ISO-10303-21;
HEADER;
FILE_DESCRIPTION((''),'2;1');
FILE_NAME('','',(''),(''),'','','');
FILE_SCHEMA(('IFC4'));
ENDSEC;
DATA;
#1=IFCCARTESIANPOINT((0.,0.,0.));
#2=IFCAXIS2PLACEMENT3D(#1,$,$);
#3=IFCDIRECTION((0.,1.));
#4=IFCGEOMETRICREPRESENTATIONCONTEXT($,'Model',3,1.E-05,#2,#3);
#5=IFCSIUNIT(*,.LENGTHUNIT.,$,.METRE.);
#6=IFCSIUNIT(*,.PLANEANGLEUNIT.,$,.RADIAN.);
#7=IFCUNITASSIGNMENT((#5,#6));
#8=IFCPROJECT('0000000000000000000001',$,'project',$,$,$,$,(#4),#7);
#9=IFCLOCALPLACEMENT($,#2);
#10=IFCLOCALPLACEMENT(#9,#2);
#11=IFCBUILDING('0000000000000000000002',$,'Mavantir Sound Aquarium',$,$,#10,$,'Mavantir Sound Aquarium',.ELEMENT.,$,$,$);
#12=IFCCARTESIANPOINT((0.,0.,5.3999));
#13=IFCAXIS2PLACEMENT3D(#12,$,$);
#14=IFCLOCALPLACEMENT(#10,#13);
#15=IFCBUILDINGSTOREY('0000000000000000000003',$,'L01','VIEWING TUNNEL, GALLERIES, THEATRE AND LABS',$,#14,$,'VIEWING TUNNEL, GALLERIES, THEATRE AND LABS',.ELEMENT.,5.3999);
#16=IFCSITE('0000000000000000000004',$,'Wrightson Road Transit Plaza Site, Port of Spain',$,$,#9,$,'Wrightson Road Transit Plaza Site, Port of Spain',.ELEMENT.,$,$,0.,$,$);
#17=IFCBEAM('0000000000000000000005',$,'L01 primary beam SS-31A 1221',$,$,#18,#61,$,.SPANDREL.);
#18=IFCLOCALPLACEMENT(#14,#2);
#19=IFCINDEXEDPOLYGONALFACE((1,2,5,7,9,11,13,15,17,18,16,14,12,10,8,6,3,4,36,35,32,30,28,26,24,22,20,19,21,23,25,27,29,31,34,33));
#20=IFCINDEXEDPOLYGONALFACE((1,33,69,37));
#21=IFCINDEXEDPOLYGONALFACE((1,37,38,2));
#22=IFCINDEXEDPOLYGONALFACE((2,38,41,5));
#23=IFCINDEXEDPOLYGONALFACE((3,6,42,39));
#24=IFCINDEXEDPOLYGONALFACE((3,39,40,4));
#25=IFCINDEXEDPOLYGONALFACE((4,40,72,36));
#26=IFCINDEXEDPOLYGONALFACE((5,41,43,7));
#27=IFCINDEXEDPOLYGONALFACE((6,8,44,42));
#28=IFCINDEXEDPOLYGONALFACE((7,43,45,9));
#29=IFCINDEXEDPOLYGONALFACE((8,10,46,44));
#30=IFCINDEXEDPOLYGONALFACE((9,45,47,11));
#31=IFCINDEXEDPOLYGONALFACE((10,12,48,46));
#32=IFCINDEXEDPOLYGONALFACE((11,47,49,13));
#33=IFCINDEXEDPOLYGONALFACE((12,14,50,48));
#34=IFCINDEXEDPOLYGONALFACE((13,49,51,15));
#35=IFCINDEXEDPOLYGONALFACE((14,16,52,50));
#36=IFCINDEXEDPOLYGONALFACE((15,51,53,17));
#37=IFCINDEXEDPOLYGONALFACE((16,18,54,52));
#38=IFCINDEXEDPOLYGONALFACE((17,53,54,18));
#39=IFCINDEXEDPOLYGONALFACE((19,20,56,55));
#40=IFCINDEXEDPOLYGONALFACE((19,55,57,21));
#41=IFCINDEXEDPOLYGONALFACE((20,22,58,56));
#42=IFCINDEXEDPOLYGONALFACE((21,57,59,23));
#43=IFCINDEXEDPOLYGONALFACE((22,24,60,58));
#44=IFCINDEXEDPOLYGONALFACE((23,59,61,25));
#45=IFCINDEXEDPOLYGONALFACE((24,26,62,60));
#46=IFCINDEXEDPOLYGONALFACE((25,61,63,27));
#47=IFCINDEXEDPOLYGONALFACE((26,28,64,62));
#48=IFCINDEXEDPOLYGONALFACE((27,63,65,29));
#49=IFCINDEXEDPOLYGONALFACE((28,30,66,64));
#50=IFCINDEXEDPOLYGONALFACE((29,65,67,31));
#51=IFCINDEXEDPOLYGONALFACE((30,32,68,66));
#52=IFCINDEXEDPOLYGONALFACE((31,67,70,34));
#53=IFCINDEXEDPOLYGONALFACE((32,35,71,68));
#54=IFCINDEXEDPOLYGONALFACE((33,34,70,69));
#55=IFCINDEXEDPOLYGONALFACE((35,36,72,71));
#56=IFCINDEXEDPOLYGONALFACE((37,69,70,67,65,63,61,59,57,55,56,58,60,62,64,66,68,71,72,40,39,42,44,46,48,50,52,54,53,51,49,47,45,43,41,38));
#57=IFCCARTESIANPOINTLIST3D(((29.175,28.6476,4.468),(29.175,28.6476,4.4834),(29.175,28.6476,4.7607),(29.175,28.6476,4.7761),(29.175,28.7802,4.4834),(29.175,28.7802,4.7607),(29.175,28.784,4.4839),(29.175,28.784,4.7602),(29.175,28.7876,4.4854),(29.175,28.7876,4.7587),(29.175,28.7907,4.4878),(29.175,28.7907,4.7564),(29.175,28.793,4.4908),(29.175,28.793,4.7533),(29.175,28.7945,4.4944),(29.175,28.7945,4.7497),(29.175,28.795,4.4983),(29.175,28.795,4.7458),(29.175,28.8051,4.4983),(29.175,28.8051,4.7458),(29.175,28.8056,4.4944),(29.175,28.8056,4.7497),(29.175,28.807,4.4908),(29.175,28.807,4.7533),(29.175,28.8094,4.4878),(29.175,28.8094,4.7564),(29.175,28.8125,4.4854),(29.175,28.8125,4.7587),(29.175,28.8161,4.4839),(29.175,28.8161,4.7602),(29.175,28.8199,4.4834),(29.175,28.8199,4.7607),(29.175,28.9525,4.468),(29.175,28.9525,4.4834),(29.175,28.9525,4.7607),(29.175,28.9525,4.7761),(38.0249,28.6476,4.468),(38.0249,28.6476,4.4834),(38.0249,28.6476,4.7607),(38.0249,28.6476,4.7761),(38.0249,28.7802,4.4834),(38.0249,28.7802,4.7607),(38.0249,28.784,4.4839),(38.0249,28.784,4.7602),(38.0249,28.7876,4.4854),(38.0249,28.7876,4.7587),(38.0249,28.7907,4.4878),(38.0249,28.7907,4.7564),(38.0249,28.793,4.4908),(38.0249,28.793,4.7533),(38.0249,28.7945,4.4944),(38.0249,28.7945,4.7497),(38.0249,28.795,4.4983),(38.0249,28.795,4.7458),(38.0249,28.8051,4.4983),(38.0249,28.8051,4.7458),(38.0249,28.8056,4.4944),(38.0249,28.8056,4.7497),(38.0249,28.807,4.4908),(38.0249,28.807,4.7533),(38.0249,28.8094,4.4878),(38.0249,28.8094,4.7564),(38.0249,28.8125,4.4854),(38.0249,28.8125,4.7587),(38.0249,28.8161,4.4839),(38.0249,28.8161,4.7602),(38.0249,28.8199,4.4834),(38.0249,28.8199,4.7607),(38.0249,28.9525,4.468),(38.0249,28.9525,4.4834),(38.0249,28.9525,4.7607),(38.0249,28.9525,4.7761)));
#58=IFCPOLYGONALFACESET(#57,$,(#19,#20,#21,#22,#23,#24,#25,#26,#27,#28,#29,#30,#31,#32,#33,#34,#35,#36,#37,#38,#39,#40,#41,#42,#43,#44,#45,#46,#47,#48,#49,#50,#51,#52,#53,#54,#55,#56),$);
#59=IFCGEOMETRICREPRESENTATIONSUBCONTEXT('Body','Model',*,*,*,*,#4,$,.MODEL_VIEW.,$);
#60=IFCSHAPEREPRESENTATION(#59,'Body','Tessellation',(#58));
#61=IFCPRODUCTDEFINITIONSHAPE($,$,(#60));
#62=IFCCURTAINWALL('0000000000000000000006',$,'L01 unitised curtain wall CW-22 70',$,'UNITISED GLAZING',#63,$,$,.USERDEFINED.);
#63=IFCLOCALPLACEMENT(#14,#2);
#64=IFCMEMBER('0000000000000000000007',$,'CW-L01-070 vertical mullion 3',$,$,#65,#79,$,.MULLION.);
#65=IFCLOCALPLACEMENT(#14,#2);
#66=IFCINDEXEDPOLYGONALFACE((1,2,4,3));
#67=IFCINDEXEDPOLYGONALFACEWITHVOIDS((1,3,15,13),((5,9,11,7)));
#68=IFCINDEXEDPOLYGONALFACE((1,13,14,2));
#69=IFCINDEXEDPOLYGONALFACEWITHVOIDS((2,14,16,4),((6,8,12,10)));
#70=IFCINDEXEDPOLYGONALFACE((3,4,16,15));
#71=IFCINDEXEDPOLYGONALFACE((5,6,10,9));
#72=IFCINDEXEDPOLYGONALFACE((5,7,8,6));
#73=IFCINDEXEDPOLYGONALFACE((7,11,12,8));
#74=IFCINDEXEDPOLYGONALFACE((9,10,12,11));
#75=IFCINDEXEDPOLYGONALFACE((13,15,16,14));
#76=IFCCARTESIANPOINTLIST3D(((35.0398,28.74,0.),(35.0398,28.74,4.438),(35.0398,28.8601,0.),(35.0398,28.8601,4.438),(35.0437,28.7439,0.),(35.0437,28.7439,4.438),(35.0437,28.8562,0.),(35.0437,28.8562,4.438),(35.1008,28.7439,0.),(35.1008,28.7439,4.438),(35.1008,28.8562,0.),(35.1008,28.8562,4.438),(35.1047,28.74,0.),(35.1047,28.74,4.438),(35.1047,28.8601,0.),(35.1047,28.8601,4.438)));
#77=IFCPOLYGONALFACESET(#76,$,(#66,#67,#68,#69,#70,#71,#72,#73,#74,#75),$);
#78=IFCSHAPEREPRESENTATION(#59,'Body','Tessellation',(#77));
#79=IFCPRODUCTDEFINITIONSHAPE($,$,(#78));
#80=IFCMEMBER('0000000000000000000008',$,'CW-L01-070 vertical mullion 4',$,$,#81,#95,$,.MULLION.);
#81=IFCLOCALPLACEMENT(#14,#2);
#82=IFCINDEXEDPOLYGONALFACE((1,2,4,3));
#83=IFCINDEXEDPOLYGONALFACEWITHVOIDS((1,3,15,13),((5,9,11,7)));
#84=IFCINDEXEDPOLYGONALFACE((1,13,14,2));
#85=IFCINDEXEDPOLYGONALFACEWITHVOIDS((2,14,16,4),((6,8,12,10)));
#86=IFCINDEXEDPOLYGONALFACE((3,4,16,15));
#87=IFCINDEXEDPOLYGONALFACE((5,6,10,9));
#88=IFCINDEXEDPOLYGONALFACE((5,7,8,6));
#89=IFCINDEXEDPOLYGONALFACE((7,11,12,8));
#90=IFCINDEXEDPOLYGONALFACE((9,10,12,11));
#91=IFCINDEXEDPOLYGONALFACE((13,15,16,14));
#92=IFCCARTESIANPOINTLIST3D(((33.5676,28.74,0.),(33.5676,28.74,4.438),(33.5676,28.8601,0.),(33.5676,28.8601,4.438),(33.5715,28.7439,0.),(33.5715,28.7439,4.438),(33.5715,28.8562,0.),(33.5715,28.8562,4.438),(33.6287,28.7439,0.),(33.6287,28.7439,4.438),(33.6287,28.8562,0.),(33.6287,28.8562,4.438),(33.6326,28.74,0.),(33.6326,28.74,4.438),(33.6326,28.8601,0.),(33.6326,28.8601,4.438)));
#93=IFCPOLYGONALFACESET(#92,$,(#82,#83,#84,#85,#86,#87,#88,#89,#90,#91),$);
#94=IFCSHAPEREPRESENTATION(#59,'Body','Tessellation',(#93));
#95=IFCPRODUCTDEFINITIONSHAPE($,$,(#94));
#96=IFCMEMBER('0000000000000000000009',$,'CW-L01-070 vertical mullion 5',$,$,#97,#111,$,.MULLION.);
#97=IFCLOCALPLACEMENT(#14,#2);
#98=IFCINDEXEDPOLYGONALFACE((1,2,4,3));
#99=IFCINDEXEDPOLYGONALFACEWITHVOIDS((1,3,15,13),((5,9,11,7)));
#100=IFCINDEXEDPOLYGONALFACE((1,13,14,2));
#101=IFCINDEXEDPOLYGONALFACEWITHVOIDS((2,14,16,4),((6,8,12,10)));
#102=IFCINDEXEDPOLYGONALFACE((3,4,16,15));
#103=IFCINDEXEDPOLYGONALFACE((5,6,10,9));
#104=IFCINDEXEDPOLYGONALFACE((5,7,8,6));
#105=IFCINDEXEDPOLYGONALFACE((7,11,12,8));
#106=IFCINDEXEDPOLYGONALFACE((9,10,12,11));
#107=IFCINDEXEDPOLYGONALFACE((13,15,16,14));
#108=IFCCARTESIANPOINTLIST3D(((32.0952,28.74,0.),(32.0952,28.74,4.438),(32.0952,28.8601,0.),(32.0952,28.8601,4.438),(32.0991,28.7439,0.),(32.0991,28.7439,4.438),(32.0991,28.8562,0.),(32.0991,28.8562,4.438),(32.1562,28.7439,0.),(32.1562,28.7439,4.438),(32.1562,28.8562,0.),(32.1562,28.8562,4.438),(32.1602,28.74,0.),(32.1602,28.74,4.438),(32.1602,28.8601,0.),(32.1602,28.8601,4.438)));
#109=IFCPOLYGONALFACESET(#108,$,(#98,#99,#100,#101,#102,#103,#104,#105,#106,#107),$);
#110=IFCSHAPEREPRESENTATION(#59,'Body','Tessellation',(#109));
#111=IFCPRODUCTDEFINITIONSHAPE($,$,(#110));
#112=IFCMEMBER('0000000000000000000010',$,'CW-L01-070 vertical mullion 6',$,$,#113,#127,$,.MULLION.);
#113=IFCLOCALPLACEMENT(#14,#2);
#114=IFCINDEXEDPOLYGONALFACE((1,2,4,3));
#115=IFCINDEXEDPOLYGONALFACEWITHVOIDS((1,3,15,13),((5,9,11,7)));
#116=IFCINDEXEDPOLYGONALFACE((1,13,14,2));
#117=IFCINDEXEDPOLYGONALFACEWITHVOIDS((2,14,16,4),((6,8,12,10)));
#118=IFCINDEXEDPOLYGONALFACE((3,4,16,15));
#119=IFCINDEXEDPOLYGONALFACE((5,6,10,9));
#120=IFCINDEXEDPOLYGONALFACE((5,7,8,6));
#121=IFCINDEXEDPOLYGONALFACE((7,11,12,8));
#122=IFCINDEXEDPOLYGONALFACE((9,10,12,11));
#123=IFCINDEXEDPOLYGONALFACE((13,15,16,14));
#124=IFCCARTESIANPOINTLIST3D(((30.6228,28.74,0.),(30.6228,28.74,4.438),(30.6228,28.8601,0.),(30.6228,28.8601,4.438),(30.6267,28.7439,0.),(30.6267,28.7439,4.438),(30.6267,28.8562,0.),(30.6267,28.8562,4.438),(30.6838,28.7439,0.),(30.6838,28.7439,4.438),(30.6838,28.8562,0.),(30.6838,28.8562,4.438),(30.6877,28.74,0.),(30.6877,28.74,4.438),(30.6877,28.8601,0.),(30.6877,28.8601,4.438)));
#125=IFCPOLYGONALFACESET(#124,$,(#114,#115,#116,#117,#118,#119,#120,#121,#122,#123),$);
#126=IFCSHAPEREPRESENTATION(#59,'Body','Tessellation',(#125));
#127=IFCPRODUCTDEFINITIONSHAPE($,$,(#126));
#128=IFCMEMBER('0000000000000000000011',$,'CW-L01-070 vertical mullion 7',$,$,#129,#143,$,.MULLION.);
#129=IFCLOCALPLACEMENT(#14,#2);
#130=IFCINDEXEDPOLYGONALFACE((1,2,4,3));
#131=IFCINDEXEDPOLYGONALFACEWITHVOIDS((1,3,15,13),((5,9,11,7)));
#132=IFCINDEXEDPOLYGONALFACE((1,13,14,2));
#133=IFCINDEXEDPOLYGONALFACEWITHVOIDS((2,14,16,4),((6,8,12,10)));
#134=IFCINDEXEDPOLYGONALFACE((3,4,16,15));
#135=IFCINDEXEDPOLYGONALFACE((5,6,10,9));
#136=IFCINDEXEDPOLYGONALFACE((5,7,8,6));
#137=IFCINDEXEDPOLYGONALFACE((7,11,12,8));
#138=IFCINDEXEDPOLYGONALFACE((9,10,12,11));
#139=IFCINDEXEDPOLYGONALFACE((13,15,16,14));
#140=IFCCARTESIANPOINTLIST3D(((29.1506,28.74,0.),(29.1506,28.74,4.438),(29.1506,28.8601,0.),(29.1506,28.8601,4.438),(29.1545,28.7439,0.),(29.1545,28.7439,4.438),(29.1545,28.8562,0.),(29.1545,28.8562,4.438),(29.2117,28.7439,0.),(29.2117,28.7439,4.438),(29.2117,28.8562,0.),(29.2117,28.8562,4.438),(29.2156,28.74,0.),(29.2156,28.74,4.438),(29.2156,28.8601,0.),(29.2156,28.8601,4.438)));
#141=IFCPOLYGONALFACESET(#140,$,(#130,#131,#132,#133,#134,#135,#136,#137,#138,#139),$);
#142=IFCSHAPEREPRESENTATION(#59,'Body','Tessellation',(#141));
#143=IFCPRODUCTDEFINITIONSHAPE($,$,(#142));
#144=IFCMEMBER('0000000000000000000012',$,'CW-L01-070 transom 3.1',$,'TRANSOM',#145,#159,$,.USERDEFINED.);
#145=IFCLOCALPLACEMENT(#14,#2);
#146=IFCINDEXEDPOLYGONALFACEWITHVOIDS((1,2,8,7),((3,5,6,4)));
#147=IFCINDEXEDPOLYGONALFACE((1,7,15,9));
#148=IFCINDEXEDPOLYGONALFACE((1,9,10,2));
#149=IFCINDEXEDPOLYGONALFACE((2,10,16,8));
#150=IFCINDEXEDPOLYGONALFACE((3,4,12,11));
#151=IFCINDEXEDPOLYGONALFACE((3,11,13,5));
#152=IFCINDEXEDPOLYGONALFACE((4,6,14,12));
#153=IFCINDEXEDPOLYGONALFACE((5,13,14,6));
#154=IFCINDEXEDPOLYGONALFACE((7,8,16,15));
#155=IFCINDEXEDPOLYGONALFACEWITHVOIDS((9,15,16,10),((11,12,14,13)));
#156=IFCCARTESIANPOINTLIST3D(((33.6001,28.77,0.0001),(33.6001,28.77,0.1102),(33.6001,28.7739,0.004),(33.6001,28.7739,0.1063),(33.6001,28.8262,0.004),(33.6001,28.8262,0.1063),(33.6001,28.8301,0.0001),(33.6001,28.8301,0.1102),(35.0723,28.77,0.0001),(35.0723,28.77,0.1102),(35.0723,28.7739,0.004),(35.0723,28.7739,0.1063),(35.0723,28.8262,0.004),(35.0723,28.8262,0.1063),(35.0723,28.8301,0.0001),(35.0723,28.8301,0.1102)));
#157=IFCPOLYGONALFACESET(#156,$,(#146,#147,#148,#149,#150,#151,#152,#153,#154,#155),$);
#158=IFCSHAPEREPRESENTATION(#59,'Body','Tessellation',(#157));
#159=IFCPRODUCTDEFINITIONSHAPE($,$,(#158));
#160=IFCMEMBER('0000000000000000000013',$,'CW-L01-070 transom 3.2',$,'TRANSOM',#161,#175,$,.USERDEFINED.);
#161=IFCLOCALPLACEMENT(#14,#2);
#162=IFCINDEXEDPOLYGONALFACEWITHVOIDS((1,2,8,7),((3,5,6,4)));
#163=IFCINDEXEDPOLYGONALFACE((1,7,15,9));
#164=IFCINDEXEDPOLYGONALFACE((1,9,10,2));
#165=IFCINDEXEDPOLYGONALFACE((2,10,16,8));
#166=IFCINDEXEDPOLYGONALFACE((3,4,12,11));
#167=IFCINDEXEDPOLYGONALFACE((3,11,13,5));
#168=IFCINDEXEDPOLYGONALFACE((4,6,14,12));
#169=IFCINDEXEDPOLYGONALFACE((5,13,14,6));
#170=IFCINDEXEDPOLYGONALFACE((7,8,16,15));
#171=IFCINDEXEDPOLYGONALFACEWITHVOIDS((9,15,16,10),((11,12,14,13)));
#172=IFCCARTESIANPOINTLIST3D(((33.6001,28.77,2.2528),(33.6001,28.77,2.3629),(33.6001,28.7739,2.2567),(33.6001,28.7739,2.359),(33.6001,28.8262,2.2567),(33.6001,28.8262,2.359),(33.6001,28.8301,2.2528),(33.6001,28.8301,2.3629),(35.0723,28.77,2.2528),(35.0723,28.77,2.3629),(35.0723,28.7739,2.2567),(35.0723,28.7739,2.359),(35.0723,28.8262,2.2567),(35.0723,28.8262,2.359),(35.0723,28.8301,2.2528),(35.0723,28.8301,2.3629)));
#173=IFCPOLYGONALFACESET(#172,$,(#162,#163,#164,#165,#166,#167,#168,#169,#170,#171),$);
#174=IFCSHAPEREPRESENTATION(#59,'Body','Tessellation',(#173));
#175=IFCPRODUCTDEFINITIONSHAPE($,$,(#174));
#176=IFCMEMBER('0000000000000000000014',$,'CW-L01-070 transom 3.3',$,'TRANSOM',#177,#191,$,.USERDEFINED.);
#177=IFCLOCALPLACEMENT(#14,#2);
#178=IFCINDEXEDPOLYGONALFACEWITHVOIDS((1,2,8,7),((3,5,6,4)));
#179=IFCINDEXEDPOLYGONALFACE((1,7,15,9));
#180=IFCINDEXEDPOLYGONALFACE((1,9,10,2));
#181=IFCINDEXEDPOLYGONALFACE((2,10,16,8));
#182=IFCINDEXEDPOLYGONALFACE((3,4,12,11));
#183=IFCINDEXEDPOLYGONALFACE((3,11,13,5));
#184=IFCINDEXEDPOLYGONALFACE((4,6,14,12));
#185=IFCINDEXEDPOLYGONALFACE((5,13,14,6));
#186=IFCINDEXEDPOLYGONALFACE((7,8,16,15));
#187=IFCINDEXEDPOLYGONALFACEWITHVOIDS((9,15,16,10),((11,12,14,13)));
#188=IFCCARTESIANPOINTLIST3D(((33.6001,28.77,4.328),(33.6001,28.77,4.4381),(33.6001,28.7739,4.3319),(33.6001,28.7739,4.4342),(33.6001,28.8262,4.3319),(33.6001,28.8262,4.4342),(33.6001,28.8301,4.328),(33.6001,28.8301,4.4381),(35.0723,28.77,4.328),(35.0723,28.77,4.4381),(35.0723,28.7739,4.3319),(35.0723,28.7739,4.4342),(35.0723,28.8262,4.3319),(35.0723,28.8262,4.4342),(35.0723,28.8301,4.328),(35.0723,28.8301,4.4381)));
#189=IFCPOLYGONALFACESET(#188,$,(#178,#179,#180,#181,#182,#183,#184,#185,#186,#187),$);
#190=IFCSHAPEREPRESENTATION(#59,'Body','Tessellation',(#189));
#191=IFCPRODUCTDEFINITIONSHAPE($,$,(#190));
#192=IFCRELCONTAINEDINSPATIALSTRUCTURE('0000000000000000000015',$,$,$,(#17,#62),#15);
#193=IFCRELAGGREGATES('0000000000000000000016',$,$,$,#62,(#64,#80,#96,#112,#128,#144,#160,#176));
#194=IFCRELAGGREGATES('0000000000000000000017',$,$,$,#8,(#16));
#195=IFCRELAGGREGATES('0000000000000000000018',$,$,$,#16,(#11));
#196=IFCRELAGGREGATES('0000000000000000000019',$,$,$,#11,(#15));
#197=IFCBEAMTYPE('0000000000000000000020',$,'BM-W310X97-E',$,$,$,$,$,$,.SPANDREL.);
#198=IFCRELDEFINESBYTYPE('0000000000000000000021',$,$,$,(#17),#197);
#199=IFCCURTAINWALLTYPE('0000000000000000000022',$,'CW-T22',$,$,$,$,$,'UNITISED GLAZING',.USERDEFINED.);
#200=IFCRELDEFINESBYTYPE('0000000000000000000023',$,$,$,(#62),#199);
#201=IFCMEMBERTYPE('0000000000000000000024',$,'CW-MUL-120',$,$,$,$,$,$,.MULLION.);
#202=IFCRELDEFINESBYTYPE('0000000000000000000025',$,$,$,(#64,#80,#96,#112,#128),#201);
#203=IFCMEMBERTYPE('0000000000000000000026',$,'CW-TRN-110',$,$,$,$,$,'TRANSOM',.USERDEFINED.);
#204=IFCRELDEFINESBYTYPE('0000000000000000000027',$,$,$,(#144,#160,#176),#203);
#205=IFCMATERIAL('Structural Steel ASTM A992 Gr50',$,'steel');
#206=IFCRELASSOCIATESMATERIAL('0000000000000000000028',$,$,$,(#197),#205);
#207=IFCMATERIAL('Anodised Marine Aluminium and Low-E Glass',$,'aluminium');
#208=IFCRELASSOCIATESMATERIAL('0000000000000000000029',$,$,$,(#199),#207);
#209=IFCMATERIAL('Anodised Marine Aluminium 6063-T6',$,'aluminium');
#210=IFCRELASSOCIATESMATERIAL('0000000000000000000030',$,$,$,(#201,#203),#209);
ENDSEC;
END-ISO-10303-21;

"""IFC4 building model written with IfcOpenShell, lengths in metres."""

from ifc_helpers import new_model, si_unit, direction, frame, origin, origin_2d, place, context, subcontext, project, spatial, hollow_rectangle, i_section, extrude, material, material_profile, profile_set, type_object, element, aggregate, save


model = new_model("IFC4")

# Units and contexts
model_context = context("Model", 3, precision=1e-05, world=origin(), true_north=direction((0.0, 1.0)))
body_context = subcontext(model_context, "Body", "Model", "MODEL_VIEW")
ifc_project = project(units=[si_unit("LENGTHUNIT", "METRE"), si_unit("PLANEANGLEUNIT", "RADIAN")], contexts=[model_context])

# Site, building, storey
site_placement = place(None, origin())
site = spatial("IfcSite", under=ifc_project, at=site_placement, Name="Wrightson Road Transit Plaza Site, Port of Spain", LongName="Wrightson Road Transit Plaza Site, Port of Spain", CompositionType="ELEMENT", RefElevation=0.0)
building_placement = place(site_placement, origin())
building = spatial("IfcBuilding", under=site, at=building_placement, Name="Mavantir Sound Aquarium", LongName="Mavantir Sound Aquarium", CompositionType="ELEMENT")
storey_placement = place(building_placement, frame((0.0, 0.0, 5.3999)))
storey = spatial("IfcBuildingStorey", under=building, at=storey_placement, Name="L01", Description="VIEWING TUNNEL, GALLERIES, THEATRE AND LABS", LongName="VIEWING TUNNEL, GALLERIES, THEATRE AND LABS", CompositionType="ELEMENT", Elevation=5.3999)

# Beam
ifc_material_1 = material(Name="Structural Steel ASTM A992 Gr50", Category="steel")
ifc_material_profile_1 = material_profile(ifc_material_1, i_section(OverallWidth=0.3049, OverallDepth=0.3081, WebThickness=0.01, FlangeThickness=0.0154, FilletRadius=0.0149, at=origin_2d()), Name="W310X97")
ifc_profile_set_1 = profile_set([ifc_material_profile_1], Name="Structural Steel ASTM A992 Gr50")
beam_type = type_object("IfcBeamType", Name="BM-W310X97-E", PredefinedType="SPANDREL", material=ifc_profile_set_1)
beam_placement = place(storey_placement, frame((29.175, 28.8, 4.6221), z_axis=(1.0, 0.0, 0.0), x_axis=(0.0, 1.0, 0.0)))
element("IfcBeam", 1, at=beam_placement, inside=storey, type_object=beam_type, Name="L01 primary beam SS-31A 1221", PredefinedType="SPANDREL", context=body_context, shape_type="SweptSolid", body=[
    extrude(i_section(OverallWidth=0.3049, OverallDepth=0.3081, WebThickness=0.01, FlangeThickness=0.0154, FilletRadius=0.0149, at=origin_2d()), origin(), (0.0, 0.0, 1.0), 8.8499),
])

# Curtain wall, members
ifc_material_2 = material(Name="Anodised Marine Aluminium and Low-E Glass", Category="aluminium")
curtain_wall_type_1 = type_object("IfcCurtainWallType", Name="CW-T22", ElementType="UNITISED GLAZING", PredefinedType="USERDEFINED", material=ifc_material_2)
curtain_wall_1_placement = place(storey_placement, origin())
curtain_wall_1 = element("IfcCurtainWall", 2, at=curtain_wall_1_placement, inside=storey, type_object=curtain_wall_type_1, Name="L01 unitised curtain wall CW-22 70", ObjectType="UNITISED GLAZING", PredefinedType="USERDEFINED")
ifc_material_3 = material(Name="Anodised Marine Aluminium 6063-T6", Category="aluminium")
ifc_material_profile_2 = material_profile(ifc_material_3, hollow_rectangle(XDim=0.0649, YDim=0.1201, WallThickness=0.0039, at=origin_2d()), Name="ALU-MULLION-120X65")
ifc_profile_set_2 = profile_set([ifc_material_profile_2], Name="Anodised Marine Aluminium 6063-T6")
member_type_1 = type_object("IfcMemberType", Name="CW-MUL-120", PredefinedType="MULLION", material=ifc_profile_set_2)
member_1_placement = place(storey_placement, frame((35.0723, 28.8, 0.0), z_axis=(0.0, 0.0, 1.0), x_axis=(1.0, 0.0, 0.0)))
member_1 = element("IfcMember", 3, at=member_1_placement, type_object=member_type_1, Name="CW-L01-070 vertical mullion 3", PredefinedType="MULLION", context=body_context, shape_type="SweptSolid", body=[
    extrude(hollow_rectangle(XDim=0.0649, YDim=0.1201, WallThickness=0.0039, at=origin_2d()), origin(), (0.0, 0.0, 1.0), 4.438),
])
member_2_placement = place(storey_placement, frame((33.6001, 28.8, 0.0), z_axis=(0.0, 0.0, 1.0), x_axis=(1.0, 0.0, 0.0)))
member_2 = element("IfcMember", 4, at=member_2_placement, type_object=member_type_1, Name="CW-L01-070 vertical mullion 4", PredefinedType="MULLION", context=body_context, shape_type="SweptSolid", body=[
    extrude(hollow_rectangle(XDim=0.0649, YDim=0.1201, WallThickness=0.0039, at=origin_2d()), origin(), (0.0, 0.0, 1.0), 4.438),
])
member_3_placement = place(storey_placement, frame((32.1277, 28.8, 0.0), z_axis=(0.0, 0.0, 1.0), x_axis=(1.0, 0.0, 0.0)))
member_3 = element("IfcMember", 5, at=member_3_placement, type_object=member_type_1, Name="CW-L01-070 vertical mullion 5", PredefinedType="MULLION", context=body_context, shape_type="SweptSolid", body=[
    extrude(hollow_rectangle(XDim=0.0649, YDim=0.1201, WallThickness=0.0039, at=origin_2d()), origin(), (0.0, 0.0, 1.0), 4.438),
])
member_4_placement = place(storey_placement, frame((30.6553, 28.8, 0.0), z_axis=(0.0, 0.0, 1.0), x_axis=(1.0, 0.0, 0.0)))
member_4 = element("IfcMember", 6, at=member_4_placement, type_object=member_type_1, Name="CW-L01-070 vertical mullion 6", PredefinedType="MULLION", context=body_context, shape_type="SweptSolid", body=[
    extrude(hollow_rectangle(XDim=0.0649, YDim=0.1201, WallThickness=0.0039, at=origin_2d()), origin(), (0.0, 0.0, 1.0), 4.438),
])
member_5_placement = place(storey_placement, frame((29.1831, 28.8, 0.0), z_axis=(0.0, 0.0, 1.0), x_axis=(1.0, 0.0, 0.0)))
member_5 = element("IfcMember", 7, at=member_5_placement, type_object=member_type_1, Name="CW-L01-070 vertical mullion 7", PredefinedType="MULLION", context=body_context, shape_type="SweptSolid", body=[
    extrude(hollow_rectangle(XDim=0.0649, YDim=0.1201, WallThickness=0.0039, at=origin_2d()), origin(), (0.0, 0.0, 1.0), 4.438),
])
ifc_material_profile_3 = material_profile(ifc_material_3, hollow_rectangle(XDim=0.0601, YDim=0.1101, WallThickness=0.0039, at=origin_2d()), Name="ALU-TRANSOM-110X60")
ifc_profile_set_3 = profile_set([ifc_material_profile_3], Name="Anodised Marine Aluminium 6063-T6")
member_type_2 = type_object("IfcMemberType", Name="CW-TRN-110", ElementType="TRANSOM", PredefinedType="USERDEFINED", material=ifc_profile_set_3)
member_6_placement = place(storey_placement, frame((35.0723, 28.8, 0.0552), z_axis=(-1.0, 0.0, 0.0), x_axis=(0.0, -1.0, 0.0)))
member_6 = element("IfcMember", 8, at=member_6_placement, type_object=member_type_2, Name="CW-L01-070 transom 3.1", ObjectType="TRANSOM", PredefinedType="USERDEFINED", context=body_context, shape_type="SweptSolid", body=[
    extrude(hollow_rectangle(XDim=0.0601, YDim=0.1101, WallThickness=0.0039, at=origin_2d()), origin(), (0.0, 0.0, 1.0), 1.4722),
])
member_7_placement = place(storey_placement, frame((35.0723, 28.8, 2.3079), z_axis=(-1.0, 0.0, 0.0), x_axis=(0.0, -1.0, 0.0)))
member_7 = element("IfcMember", 9, at=member_7_placement, type_object=member_type_2, Name="CW-L01-070 transom 3.2", ObjectType="TRANSOM", PredefinedType="USERDEFINED", context=body_context, shape_type="SweptSolid", body=[
    extrude(hollow_rectangle(XDim=0.0601, YDim=0.1101, WallThickness=0.0039, at=origin_2d()), origin(), (0.0, 0.0, 1.0), 1.4722),
])
member_8_placement = place(storey_placement, frame((35.0723, 28.8, 4.3831), z_axis=(-1.0, 0.0, 0.0), x_axis=(0.0, -1.0, 0.0)))
member_8 = element("IfcMember", 10, at=member_8_placement, type_object=member_type_2, Name="CW-L01-070 transom 3.3", ObjectType="TRANSOM", PredefinedType="USERDEFINED", context=body_context, shape_type="SweptSolid", body=[
    extrude(hollow_rectangle(XDim=0.0601, YDim=0.1101, WallThickness=0.0039, at=origin_2d()), origin(), (0.0, 0.0, 1.0), 1.4722),
])

aggregate(curtain_wall_1, [member_1, member_2, member_3, member_4, member_5, member_6, member_7, member_8])

save(model, "model.ifc")
